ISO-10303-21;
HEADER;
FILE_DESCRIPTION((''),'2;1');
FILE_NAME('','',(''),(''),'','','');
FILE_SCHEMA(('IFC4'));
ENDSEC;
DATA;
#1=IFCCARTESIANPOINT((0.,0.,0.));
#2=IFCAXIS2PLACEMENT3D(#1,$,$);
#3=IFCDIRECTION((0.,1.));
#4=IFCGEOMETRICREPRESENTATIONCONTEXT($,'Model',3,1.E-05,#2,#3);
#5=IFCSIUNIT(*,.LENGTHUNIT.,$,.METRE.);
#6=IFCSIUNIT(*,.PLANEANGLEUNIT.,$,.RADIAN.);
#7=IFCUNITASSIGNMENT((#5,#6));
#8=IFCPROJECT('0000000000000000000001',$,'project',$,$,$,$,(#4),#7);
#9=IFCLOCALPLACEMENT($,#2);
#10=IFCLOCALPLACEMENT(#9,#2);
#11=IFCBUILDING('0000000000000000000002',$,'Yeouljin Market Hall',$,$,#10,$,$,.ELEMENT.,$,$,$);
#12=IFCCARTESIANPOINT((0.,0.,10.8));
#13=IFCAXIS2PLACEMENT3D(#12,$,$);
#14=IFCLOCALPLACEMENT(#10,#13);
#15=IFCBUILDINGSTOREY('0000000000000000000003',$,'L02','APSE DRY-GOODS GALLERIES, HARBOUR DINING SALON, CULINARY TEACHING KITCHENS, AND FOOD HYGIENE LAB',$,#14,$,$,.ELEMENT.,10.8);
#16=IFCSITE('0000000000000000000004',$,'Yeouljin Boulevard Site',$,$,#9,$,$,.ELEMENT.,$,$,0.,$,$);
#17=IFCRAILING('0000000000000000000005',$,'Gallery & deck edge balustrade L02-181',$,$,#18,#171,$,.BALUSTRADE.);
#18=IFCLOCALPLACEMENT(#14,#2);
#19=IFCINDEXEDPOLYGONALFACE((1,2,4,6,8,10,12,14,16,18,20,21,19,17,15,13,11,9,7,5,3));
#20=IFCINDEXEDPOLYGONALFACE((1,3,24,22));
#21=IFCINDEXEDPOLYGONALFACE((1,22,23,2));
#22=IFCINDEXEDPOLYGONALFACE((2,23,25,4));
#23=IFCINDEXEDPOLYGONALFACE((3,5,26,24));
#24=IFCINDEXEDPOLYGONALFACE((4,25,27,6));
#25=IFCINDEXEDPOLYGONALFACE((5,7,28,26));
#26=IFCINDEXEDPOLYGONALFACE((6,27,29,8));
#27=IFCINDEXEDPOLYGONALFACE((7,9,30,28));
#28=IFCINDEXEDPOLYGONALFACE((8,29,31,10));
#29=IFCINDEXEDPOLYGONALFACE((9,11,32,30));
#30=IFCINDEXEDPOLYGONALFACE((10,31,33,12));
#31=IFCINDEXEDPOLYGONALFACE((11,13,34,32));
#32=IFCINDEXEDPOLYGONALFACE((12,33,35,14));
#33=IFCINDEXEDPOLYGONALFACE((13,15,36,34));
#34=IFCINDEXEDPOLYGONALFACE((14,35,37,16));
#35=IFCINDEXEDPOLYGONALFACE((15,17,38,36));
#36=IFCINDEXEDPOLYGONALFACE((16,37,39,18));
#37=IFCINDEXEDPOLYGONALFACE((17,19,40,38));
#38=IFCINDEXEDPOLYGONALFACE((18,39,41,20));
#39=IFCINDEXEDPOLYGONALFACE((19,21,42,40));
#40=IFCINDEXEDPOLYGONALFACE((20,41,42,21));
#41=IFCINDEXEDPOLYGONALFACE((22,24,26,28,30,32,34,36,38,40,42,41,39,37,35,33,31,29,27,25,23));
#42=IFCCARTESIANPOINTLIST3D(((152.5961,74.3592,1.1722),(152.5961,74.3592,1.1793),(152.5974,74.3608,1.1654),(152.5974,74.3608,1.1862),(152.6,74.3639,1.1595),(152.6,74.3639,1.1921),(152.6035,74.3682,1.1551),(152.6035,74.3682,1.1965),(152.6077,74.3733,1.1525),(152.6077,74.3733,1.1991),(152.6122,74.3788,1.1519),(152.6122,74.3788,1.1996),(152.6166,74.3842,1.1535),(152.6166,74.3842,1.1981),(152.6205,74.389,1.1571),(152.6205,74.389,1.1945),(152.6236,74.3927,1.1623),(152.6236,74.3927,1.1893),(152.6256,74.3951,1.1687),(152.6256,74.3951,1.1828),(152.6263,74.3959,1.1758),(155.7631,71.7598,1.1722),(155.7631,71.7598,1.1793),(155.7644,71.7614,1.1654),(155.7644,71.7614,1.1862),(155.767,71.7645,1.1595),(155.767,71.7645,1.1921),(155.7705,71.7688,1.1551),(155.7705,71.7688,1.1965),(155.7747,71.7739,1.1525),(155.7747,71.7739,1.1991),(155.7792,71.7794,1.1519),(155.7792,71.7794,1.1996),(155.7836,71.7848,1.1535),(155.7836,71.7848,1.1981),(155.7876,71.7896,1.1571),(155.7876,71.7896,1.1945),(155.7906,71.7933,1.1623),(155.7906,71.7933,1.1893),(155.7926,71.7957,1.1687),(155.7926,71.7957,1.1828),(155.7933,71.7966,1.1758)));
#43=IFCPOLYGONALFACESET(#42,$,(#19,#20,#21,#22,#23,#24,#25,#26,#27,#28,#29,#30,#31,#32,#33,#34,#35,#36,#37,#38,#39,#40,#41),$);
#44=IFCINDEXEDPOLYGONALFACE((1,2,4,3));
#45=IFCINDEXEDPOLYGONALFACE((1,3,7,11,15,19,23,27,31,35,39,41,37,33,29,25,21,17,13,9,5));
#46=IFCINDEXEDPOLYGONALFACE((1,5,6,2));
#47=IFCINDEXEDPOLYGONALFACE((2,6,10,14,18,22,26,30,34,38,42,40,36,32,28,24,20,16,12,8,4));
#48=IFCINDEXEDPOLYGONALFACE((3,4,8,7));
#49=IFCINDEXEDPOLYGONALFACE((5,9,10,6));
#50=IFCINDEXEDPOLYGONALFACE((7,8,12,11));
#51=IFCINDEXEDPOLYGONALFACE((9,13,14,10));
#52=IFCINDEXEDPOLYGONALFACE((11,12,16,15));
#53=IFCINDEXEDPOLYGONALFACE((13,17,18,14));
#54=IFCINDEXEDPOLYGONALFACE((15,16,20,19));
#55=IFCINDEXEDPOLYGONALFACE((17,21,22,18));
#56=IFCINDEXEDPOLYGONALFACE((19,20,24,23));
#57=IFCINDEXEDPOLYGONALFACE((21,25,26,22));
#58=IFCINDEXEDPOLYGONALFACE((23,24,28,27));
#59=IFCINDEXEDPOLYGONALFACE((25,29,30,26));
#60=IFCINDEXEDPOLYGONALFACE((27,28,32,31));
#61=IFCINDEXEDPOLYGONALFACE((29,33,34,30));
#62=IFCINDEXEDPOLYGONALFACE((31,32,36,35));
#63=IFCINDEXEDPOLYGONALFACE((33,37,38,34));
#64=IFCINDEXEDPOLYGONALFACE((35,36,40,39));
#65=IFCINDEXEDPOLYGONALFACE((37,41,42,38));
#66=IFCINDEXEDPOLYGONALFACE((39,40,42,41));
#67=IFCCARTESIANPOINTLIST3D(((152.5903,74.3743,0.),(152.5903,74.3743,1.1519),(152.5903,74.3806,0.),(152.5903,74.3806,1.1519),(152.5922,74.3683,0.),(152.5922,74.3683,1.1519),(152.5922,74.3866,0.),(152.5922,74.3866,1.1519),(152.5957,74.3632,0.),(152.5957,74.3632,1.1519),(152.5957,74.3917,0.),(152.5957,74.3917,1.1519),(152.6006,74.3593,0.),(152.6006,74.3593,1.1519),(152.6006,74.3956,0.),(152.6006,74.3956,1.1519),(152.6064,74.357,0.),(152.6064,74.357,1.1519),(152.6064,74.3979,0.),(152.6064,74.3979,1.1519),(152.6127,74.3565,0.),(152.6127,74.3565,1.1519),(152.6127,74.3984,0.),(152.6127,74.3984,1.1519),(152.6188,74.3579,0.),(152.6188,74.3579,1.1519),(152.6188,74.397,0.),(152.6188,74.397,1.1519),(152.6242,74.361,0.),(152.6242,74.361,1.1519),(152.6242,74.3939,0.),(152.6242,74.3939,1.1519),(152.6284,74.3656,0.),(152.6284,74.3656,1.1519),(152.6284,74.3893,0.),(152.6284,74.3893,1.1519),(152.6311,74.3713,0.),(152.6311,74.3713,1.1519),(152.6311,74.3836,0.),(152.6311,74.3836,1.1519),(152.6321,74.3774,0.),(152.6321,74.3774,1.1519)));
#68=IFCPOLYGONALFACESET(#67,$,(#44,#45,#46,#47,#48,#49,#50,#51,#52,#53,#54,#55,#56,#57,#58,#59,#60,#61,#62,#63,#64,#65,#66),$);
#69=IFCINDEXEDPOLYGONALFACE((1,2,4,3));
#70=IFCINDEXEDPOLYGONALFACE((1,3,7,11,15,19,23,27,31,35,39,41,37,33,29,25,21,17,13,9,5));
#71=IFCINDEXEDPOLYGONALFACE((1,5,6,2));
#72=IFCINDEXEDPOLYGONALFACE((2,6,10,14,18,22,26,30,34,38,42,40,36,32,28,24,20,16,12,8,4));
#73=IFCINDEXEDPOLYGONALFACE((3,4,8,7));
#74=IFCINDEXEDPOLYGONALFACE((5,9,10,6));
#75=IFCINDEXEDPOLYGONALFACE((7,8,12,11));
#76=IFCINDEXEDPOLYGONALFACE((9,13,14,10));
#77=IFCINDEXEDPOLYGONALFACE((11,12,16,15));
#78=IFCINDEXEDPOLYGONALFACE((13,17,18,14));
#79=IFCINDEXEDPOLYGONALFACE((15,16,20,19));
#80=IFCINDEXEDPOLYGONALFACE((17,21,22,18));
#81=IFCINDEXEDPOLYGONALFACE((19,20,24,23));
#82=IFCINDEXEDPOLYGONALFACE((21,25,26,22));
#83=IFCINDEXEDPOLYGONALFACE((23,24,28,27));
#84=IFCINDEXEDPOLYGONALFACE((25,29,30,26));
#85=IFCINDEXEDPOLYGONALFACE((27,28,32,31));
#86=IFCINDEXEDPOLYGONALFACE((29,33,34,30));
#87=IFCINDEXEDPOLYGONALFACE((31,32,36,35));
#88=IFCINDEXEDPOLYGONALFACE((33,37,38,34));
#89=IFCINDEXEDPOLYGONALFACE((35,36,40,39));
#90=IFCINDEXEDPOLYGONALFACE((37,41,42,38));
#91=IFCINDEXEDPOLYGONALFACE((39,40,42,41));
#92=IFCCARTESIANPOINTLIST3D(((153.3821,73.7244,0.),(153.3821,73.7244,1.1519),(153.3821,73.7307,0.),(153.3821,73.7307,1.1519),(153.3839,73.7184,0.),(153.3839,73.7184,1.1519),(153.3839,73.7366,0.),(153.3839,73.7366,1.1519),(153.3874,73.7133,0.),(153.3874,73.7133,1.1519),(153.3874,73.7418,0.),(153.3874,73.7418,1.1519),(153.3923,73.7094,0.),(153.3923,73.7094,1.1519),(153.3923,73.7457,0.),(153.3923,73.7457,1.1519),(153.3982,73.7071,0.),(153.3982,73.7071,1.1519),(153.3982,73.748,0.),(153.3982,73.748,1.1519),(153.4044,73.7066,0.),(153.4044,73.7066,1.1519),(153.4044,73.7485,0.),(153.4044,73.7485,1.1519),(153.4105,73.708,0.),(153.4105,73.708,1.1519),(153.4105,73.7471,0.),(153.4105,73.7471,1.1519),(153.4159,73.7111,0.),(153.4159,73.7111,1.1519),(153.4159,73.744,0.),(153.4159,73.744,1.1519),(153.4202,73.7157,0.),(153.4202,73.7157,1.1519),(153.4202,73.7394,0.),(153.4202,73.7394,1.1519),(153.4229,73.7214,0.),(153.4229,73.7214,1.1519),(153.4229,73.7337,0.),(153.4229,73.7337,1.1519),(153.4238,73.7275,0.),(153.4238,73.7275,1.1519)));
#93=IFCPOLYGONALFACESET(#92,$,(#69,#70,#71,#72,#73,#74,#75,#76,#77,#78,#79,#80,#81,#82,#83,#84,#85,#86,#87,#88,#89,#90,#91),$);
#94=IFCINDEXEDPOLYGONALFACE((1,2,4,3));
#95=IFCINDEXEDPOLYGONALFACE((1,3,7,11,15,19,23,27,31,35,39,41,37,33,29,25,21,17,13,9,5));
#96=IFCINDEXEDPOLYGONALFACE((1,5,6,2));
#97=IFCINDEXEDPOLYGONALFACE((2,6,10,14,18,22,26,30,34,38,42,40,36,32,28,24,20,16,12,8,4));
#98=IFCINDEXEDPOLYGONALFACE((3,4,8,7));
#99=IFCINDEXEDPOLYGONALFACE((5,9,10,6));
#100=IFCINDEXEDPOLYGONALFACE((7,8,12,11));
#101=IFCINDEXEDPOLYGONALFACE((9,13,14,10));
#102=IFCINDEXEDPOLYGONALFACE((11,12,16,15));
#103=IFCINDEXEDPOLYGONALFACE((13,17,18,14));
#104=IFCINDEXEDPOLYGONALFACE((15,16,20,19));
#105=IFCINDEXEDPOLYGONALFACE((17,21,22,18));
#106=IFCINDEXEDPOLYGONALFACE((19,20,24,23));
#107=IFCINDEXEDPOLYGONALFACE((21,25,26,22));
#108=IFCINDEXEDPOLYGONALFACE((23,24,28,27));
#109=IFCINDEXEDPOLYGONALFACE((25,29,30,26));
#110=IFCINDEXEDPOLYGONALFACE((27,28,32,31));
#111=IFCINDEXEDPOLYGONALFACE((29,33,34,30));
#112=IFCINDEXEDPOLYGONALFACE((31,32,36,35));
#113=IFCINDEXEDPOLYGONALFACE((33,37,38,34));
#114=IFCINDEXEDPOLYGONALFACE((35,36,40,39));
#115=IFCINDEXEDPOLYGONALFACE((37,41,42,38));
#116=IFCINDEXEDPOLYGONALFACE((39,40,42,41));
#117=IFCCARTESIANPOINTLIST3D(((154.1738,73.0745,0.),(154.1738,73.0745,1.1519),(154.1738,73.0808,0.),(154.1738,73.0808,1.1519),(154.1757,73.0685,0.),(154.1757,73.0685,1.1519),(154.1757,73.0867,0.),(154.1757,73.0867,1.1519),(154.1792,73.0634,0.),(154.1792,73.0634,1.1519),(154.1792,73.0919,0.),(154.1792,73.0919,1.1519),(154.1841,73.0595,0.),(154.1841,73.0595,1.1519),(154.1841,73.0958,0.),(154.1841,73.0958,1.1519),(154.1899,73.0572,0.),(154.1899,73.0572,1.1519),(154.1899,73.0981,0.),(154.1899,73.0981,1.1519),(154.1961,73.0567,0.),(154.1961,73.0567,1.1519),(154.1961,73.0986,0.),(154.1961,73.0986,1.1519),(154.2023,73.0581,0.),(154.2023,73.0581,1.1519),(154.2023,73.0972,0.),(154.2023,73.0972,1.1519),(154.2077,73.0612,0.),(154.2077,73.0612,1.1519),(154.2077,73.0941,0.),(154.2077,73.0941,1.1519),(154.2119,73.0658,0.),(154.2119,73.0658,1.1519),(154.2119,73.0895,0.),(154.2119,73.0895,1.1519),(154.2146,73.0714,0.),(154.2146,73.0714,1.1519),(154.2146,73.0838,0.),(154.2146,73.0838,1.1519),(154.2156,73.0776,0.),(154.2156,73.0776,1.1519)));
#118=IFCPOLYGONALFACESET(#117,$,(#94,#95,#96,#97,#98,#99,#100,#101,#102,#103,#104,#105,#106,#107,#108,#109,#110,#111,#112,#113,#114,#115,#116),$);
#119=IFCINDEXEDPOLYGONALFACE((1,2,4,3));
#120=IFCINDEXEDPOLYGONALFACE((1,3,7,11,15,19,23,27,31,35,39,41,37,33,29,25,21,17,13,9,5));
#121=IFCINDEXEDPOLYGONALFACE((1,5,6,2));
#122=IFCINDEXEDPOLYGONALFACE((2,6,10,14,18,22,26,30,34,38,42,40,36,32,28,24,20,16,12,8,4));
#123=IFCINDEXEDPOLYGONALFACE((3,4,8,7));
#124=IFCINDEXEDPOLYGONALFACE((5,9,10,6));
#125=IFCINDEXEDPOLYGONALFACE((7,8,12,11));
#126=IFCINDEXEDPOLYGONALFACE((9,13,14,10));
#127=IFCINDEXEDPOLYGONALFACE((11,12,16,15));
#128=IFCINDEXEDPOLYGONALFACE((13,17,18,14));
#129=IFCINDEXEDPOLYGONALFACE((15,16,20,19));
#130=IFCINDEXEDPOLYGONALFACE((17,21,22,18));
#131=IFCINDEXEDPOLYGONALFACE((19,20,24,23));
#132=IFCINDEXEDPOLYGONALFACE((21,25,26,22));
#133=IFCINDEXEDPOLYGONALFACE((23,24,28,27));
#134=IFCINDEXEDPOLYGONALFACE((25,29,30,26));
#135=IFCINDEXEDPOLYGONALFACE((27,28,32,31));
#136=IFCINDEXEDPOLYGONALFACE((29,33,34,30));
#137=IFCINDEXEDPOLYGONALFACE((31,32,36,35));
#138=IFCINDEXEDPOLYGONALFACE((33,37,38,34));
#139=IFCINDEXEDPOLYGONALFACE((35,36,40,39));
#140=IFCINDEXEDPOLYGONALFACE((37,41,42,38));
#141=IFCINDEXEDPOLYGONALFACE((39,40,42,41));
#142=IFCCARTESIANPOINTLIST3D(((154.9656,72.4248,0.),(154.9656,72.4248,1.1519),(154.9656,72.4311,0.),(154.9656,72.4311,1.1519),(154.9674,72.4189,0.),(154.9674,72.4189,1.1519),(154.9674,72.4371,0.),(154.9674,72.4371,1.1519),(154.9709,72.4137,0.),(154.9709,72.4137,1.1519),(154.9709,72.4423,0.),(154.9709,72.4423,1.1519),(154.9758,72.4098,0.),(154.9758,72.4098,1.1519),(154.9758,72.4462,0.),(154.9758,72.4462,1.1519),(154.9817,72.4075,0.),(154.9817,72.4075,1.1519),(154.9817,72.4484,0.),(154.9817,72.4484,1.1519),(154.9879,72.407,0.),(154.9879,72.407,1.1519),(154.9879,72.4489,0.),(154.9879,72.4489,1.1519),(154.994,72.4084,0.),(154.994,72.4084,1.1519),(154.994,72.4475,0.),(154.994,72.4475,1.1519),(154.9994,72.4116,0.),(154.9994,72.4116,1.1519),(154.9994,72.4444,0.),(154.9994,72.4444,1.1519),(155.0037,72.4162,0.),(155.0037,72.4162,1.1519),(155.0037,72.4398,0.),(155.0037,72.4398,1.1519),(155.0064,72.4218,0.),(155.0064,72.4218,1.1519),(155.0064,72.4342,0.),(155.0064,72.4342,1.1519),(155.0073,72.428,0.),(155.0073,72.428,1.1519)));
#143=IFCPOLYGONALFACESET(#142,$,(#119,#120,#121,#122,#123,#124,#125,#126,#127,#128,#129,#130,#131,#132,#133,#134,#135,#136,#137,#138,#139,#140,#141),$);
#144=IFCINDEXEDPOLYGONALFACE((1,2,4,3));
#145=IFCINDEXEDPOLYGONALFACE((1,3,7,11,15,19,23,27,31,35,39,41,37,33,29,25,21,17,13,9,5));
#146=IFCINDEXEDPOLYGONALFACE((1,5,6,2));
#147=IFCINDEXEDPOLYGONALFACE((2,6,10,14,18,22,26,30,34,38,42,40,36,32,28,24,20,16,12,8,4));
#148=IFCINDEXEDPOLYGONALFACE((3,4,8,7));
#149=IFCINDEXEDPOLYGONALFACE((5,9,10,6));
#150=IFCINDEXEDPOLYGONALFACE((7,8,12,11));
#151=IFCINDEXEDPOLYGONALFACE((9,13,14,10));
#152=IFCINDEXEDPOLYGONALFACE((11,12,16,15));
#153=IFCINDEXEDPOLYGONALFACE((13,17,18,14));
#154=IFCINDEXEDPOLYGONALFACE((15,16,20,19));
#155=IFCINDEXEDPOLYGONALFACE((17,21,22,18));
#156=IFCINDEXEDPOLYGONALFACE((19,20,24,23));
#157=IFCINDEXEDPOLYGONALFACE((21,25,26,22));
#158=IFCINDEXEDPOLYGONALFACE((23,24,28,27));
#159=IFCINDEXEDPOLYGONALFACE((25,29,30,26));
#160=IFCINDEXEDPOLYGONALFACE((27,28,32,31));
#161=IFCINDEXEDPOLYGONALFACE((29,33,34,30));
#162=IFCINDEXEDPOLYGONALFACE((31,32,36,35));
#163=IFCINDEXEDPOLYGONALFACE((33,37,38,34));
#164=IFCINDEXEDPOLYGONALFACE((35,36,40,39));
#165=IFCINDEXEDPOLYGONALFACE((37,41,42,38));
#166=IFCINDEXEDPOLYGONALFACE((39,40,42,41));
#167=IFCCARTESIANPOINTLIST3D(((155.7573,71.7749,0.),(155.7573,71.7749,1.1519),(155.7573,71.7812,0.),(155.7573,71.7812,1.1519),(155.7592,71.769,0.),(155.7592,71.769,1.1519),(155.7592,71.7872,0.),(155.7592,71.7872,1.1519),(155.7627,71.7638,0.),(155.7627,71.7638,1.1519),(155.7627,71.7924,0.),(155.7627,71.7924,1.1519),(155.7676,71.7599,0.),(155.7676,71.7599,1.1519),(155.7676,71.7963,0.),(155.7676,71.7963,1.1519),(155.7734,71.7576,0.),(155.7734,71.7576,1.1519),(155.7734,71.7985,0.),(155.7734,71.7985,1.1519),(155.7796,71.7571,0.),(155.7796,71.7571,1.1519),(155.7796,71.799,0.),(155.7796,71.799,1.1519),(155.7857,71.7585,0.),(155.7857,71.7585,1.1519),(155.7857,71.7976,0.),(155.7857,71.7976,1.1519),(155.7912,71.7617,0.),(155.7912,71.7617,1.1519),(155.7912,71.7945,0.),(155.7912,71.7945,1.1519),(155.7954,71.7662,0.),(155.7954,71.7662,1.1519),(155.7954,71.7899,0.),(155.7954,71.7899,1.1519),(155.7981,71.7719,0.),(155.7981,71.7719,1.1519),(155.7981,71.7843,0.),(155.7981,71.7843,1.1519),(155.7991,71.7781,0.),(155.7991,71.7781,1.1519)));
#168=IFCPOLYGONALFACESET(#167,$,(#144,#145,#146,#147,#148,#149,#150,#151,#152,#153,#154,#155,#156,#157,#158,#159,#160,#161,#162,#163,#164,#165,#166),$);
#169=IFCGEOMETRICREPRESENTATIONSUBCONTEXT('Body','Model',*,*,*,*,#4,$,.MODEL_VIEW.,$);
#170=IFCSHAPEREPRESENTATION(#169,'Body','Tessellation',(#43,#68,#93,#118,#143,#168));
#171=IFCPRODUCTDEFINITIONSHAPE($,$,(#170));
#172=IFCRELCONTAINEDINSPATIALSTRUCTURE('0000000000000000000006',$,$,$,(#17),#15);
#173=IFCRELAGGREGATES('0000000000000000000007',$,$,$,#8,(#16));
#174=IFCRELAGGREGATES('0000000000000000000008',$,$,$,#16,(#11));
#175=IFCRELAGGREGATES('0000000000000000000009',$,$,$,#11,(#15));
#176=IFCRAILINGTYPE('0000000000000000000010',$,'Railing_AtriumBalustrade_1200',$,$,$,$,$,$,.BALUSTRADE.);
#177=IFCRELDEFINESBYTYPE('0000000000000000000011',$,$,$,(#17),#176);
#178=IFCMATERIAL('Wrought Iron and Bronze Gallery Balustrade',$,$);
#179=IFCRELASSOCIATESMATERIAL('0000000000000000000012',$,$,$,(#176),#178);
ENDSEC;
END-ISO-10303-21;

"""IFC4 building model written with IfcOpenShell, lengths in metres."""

from ifc_helpers import new_model, si_unit, direction, frame, origin, origin_2d, place, context, subcontext, project, spatial, circle, extrude, material, type_object, element, save


model = new_model("IFC4")

# Units and contexts
model_context = context("Model", 3, precision=1e-05, world=origin(), true_north=direction((0.0, 1.0)))
body_context = subcontext(model_context, "Body", "Model", "MODEL_VIEW")
ifc_project = project(units=[si_unit("LENGTHUNIT", "METRE"), si_unit("PLANEANGLEUNIT", "RADIAN")], contexts=[model_context])

# Site, building, storey
site_placement = place(None, origin())
site = spatial("IfcSite", under=ifc_project, at=site_placement, Name="Yeouljin Boulevard Site", CompositionType="ELEMENT", RefElevation=0.0)
building_placement = place(site_placement, origin())
building = spatial("IfcBuilding", under=site, at=building_placement, Name="Yeouljin Market Hall", CompositionType="ELEMENT")
storey_placement = place(building_placement, frame((0.0, 0.0, 10.8)))
storey = spatial("IfcBuildingStorey", under=building, at=storey_placement, Name="L02", Description="APSE DRY-GOODS GALLERIES, HARBOUR DINING SALON, CULINARY TEACHING KITCHENS, AND FOOD HYGIENE LAB", CompositionType="ELEMENT", Elevation=10.8)

# Railing
ifc_material_1 = material(Name="Wrought Iron and Bronze Gallery Balustrade")
railing_type_1 = type_object("IfcRailingType", Name="Railing_AtriumBalustrade_1200", PredefinedType="BALUSTRADE", material=ifc_material_1)
railing_1_placement = place(storey_placement, frame((152.6111, 74.3774, 0.0)))
element("IfcRailing", 1, at=railing_1_placement, inside=storey, type_object=railing_type_1, Name="Gallery & deck edge balustrade L02-181", PredefinedType="BALUSTRADE", context=body_context, shape_type="SweptSolid", body=[
    extrude(circle(Radius=0.0239, at=origin_2d()), frame((0.0, 0.0, 1.1758), z_axis=(0.772977, -0.634434, 0.0), x_axis=(0.634434, 0.772977, 0.0)), (0.0, 0.0, 1.0), 4.0972),
    extrude(circle(Radius=0.021, at=origin_2d()), origin(), (0.0, 0.0, 1.0), 1.1519),
    extrude(circle(Radius=0.021, at=origin_2d()), frame((0.7917, -0.6499, 0.0)), (0.0, 0.0, 1.0), 1.1519),
    extrude(circle(Radius=0.021, at=origin_2d()), frame((1.5835, -1.2998, 0.0)), (0.0, 0.0, 1.0), 1.1519),
    extrude(circle(Radius=0.021, at=origin_2d()), frame((2.3752, -1.9495, 0.0)), (0.0, 0.0, 1.0), 1.1519),
    extrude(circle(Radius=0.021, at=origin_2d()), frame((3.167, -2.5994, 0.0)), (0.0, 0.0, 1.0), 1.1519),
])

save(model, "model.ifc")
